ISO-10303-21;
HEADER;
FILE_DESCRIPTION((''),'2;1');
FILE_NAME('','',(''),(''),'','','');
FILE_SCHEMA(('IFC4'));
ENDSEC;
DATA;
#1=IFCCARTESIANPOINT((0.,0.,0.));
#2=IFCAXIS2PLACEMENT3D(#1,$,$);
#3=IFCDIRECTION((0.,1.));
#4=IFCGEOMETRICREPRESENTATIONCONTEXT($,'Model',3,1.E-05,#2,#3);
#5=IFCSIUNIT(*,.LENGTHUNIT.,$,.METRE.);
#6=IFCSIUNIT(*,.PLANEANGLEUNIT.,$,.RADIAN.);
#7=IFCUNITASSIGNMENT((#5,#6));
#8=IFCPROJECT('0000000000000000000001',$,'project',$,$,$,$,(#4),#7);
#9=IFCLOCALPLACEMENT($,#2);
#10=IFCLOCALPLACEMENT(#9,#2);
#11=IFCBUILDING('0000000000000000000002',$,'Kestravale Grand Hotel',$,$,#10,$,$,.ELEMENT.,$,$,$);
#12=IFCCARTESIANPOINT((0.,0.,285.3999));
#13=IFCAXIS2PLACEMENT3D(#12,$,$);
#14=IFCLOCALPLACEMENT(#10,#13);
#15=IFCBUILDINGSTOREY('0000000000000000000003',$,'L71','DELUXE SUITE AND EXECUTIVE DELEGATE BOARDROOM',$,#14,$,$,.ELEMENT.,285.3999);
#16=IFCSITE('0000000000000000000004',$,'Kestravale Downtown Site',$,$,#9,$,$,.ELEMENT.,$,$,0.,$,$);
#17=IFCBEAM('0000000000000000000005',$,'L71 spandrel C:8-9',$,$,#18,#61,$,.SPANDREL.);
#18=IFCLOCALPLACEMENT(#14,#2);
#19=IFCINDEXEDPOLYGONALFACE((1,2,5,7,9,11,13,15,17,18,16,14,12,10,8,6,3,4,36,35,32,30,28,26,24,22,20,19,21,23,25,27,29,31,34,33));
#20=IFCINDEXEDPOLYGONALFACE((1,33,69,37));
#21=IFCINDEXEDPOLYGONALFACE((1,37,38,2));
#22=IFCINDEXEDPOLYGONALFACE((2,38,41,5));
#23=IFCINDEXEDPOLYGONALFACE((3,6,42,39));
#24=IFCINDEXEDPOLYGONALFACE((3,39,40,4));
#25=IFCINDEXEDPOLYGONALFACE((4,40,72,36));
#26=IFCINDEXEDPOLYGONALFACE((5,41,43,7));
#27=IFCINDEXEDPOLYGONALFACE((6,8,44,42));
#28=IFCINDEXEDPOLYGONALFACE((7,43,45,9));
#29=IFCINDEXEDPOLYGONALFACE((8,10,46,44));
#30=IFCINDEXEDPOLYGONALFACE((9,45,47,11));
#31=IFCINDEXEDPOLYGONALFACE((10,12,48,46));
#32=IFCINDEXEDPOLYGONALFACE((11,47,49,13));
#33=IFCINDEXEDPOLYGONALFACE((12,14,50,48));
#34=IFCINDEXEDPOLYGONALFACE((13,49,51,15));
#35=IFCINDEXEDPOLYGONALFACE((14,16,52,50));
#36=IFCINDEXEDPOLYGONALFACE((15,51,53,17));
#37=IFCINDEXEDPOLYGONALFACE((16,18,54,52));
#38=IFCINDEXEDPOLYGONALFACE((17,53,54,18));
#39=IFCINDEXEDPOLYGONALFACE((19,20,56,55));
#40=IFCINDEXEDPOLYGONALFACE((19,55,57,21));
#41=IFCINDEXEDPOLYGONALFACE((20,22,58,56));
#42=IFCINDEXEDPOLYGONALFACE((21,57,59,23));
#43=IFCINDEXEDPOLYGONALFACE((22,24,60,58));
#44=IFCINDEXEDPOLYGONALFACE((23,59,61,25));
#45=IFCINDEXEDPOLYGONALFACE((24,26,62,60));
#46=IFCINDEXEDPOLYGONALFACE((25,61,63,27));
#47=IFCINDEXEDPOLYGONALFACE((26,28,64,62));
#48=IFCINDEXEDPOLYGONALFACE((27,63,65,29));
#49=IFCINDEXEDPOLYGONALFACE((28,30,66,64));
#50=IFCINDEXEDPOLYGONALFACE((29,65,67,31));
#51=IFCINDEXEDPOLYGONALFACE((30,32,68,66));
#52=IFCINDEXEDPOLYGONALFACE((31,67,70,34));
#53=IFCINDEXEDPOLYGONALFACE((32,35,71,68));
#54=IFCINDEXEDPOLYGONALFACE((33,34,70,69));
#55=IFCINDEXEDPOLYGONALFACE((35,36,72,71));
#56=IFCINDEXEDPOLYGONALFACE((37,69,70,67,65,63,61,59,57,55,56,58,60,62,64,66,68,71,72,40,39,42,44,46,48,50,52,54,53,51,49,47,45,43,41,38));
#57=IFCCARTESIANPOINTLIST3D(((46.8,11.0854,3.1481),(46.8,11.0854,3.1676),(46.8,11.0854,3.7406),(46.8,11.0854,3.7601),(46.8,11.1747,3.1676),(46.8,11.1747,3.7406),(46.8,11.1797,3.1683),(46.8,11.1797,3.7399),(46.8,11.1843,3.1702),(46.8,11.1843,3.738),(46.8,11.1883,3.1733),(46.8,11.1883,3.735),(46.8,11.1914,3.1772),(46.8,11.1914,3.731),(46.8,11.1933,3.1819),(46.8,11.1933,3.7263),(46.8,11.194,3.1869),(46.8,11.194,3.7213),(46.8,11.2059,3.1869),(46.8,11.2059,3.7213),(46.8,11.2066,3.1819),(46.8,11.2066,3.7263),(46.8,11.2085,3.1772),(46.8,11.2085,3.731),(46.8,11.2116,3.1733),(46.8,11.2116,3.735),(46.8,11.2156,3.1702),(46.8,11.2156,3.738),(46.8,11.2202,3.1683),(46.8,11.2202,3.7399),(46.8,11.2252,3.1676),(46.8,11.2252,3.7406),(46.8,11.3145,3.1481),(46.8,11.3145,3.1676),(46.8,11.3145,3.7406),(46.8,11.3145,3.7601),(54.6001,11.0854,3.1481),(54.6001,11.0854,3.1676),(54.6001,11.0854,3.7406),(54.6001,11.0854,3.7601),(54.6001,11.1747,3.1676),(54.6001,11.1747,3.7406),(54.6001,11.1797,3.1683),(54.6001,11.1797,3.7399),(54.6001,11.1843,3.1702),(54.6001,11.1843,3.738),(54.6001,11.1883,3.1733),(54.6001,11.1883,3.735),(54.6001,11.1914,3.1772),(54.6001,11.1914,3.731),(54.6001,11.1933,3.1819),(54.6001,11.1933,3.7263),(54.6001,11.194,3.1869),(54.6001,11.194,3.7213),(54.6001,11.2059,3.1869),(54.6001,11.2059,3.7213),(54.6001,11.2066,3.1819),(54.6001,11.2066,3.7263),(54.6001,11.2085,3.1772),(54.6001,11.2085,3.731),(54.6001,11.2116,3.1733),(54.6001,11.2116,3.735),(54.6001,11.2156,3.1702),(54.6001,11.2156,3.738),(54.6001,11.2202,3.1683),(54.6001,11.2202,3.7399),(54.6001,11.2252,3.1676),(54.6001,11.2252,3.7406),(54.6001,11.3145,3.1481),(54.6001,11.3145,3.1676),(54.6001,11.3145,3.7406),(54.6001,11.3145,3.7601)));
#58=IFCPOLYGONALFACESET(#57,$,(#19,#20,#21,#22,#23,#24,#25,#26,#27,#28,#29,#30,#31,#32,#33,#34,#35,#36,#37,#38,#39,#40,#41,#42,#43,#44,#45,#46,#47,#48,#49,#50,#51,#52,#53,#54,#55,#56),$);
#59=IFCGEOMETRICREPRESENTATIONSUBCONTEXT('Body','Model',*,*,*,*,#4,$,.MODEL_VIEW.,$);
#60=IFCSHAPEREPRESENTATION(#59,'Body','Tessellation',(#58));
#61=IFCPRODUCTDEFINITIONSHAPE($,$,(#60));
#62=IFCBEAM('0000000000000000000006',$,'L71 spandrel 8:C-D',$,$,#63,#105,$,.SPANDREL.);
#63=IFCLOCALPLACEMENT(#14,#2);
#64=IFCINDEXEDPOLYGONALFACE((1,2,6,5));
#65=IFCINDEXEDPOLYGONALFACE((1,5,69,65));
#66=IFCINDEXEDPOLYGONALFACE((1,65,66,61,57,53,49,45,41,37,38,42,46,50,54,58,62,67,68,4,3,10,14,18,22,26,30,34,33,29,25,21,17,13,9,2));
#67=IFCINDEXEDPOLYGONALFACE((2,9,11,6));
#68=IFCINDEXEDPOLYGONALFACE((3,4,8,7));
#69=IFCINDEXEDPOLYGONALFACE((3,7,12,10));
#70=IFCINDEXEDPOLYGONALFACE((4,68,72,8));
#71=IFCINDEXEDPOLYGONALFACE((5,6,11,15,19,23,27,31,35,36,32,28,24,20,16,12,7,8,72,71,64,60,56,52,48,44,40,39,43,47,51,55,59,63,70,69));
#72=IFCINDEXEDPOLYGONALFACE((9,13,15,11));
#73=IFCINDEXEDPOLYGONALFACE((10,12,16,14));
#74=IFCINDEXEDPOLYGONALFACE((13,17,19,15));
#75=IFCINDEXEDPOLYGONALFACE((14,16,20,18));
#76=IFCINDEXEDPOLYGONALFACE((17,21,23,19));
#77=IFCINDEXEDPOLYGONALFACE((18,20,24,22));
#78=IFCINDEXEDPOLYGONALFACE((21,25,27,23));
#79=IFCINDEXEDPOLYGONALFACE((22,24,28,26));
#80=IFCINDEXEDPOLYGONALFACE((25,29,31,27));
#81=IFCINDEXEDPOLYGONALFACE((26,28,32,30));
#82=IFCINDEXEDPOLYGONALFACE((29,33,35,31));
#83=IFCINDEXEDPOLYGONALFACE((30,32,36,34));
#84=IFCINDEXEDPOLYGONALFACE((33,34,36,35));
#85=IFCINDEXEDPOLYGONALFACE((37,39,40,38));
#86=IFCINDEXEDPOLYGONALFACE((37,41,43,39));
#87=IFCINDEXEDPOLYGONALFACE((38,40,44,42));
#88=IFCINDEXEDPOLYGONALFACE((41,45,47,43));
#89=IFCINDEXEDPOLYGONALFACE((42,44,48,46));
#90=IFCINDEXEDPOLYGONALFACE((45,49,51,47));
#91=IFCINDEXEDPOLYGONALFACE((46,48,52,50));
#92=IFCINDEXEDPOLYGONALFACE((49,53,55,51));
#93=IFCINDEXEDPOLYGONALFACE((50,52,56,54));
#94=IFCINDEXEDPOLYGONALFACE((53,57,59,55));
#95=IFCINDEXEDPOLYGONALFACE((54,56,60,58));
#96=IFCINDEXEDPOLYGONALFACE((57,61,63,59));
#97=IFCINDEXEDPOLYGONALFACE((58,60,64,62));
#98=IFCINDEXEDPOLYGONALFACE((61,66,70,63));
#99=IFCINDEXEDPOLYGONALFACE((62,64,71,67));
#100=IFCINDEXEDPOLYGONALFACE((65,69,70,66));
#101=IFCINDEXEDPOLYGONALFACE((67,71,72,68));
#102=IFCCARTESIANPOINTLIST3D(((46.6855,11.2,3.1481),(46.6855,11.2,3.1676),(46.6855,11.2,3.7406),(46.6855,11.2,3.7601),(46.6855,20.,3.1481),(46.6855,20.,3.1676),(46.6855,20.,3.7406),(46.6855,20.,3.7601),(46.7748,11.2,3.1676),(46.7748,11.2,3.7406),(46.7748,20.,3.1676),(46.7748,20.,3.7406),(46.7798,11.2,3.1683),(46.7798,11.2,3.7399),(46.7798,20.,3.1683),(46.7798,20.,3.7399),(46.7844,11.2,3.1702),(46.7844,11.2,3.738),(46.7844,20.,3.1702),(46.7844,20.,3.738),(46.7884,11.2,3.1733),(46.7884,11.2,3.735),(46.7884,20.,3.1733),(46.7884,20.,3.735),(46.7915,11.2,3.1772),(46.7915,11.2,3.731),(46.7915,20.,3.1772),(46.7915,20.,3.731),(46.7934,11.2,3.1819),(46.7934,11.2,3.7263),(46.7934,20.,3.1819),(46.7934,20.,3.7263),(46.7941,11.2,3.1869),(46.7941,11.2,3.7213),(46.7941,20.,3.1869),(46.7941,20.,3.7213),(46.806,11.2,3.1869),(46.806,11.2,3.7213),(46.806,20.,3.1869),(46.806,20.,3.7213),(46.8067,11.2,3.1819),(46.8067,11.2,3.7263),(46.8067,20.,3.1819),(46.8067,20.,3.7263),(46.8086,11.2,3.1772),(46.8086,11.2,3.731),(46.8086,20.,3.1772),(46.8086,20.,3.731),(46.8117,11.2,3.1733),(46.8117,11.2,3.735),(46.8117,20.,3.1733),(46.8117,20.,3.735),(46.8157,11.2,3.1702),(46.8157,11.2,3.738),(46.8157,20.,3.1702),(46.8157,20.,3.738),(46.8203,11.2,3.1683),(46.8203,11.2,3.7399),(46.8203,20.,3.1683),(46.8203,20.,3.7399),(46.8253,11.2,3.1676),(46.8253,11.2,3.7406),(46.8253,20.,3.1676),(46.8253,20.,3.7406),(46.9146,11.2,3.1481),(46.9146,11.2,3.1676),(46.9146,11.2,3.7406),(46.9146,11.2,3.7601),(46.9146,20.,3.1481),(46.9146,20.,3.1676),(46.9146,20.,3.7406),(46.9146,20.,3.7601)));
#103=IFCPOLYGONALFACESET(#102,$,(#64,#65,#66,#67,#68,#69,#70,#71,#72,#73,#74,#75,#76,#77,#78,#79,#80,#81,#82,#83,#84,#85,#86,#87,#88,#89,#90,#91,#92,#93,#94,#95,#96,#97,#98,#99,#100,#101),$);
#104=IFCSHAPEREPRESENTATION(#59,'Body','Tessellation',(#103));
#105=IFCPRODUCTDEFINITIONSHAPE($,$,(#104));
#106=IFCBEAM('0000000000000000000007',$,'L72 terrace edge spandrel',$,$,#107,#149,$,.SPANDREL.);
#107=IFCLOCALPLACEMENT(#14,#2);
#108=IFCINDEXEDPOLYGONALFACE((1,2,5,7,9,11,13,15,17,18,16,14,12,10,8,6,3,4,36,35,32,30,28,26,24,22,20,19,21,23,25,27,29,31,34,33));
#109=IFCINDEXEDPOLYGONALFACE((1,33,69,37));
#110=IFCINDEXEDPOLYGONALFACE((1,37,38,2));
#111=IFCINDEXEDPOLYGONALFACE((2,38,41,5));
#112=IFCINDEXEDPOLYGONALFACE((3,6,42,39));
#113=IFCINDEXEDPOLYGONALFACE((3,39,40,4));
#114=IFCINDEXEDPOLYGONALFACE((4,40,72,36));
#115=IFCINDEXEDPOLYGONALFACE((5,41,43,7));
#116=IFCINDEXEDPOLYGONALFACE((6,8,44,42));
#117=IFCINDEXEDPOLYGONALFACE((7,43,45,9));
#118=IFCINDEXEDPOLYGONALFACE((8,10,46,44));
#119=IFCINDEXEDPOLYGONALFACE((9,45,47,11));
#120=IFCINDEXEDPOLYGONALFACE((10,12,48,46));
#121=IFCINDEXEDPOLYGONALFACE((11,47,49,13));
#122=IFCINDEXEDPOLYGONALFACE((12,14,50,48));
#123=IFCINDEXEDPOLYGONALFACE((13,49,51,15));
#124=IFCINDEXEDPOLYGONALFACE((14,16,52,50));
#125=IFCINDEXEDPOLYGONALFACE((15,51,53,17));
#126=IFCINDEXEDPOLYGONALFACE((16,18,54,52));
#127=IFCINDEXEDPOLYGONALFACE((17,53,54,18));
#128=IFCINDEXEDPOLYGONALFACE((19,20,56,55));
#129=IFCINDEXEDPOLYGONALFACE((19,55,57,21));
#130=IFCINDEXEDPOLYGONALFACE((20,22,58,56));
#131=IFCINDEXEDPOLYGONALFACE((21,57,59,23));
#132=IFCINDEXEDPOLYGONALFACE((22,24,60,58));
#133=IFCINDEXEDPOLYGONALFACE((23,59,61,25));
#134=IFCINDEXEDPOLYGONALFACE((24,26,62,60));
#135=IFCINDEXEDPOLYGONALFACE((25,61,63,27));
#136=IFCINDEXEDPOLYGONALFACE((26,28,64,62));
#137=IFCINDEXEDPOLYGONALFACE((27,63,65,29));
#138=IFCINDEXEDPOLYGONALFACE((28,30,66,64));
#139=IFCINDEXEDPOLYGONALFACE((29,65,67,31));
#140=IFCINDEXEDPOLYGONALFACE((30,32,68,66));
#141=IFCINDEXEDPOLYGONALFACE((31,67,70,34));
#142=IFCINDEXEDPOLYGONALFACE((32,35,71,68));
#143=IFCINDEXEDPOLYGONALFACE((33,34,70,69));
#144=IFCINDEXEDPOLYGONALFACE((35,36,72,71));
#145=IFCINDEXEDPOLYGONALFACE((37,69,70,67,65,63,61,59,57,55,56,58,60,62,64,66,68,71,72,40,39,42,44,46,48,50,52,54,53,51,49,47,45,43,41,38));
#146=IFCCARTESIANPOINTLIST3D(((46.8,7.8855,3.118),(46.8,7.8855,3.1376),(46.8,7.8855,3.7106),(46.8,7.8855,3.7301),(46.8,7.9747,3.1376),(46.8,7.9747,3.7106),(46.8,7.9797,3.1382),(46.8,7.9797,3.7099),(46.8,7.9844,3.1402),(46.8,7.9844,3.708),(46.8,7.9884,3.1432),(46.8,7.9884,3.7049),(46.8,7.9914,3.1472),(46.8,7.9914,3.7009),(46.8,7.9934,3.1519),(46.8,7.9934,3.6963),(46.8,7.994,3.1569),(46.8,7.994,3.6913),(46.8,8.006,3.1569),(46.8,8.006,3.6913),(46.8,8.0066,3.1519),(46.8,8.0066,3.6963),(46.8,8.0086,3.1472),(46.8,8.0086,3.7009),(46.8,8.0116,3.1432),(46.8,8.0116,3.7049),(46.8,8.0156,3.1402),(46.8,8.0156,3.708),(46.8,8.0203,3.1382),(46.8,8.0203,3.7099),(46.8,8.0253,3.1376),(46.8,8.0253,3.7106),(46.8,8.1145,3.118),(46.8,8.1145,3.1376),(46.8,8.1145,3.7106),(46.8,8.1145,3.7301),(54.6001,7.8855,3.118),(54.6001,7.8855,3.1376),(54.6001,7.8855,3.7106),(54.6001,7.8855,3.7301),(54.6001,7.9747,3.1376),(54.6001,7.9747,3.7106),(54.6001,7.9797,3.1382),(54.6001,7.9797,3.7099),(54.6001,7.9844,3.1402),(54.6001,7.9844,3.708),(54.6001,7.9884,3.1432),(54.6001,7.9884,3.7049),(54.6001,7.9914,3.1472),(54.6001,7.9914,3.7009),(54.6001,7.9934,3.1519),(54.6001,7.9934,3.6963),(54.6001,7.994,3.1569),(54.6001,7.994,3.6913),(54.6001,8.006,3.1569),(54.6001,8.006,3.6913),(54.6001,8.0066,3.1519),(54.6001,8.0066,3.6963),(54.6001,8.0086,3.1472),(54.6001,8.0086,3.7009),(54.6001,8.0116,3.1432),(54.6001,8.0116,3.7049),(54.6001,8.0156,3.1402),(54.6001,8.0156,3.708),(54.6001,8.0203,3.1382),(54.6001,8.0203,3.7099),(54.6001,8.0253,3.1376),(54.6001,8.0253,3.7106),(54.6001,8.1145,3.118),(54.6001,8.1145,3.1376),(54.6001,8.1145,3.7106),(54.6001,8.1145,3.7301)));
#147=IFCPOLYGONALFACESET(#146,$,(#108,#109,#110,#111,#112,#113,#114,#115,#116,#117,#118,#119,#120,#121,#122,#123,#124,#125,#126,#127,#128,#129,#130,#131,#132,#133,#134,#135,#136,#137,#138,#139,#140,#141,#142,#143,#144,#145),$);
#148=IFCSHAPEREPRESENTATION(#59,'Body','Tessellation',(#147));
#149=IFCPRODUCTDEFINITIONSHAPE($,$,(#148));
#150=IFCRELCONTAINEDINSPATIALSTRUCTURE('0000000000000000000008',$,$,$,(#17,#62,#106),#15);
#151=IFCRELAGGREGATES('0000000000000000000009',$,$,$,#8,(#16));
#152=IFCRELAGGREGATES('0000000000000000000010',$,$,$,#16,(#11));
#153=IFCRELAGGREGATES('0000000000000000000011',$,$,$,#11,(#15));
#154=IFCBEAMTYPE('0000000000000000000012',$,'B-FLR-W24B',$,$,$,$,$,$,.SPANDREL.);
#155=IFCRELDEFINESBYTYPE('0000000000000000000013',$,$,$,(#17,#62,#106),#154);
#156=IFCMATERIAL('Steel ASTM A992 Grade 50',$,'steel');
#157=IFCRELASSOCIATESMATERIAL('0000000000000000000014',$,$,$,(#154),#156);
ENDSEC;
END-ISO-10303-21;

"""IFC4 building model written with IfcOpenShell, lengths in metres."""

from ifc_helpers import new_model, si_unit, direction, frame, origin, origin_2d, place, context, subcontext, project, spatial, i_section, extrude, material, material_profile, profile_set, type_object, element, save


model = new_model("IFC4")

# Units and contexts
model_context = context("Model", 3, precision=1e-05, world=origin(), true_north=direction((0.0, 1.0)))
body_context = subcontext(model_context, "Body", "Model", "MODEL_VIEW")
ifc_project = project(units=[si_unit("LENGTHUNIT", "METRE"), si_unit("PLANEANGLEUNIT", "RADIAN")], contexts=[model_context])

# Site, building, storey
site_placement = place(None, origin())
site = spatial("IfcSite", under=ifc_project, at=site_placement, Name="Kestravale Downtown Site", CompositionType="ELEMENT", RefElevation=0.0)
building_placement = place(site_placement, origin())
building = spatial("IfcBuilding", under=site, at=building_placement, Name="Kestravale Grand Hotel", CompositionType="ELEMENT")
storey_placement = place(building_placement, frame((0.0, 0.0, 285.3999)))
storey = spatial("IfcBuildingStorey", under=building, at=storey_placement, Name="L71", Description="DELUXE SUITE AND EXECUTIVE DELEGATE BOARDROOM", CompositionType="ELEMENT", Elevation=285.3999)

# Beams
ifc_material_1 = material(Name="Steel ASTM A992 Grade 50", Category="steel")
ifc_material_profile_1 = material_profile(ifc_material_1, i_section(OverallWidth=0.229, OverallDepth=0.6121, WebThickness=0.012, FlangeThickness=0.0195, FilletRadius=0.0193, at=origin_2d()))
ifc_profile_set_1 = profile_set([ifc_material_profile_1], Name="Steel ASTM A992 Grade 50")
beam_type_1 = type_object("IfcBeamType", Name="B-FLR-W24B", PredefinedType="SPANDREL", material=ifc_profile_set_1)
beam_1_placement = place(storey_placement, frame((46.8, 11.2, 3.4541), z_axis=(1.0, 0.0, 0.0), x_axis=(0.0, 1.0, 0.0)))
element("IfcBeam", 1, at=beam_1_placement, inside=storey, type_object=beam_type_1, Name="L71 spandrel C:8-9", PredefinedType="SPANDREL", context=body_context, shape_type="SweptSolid", body=[
    extrude(i_section(OverallWidth=0.229, OverallDepth=0.6121, WebThickness=0.012, FlangeThickness=0.0195, FilletRadius=0.0193, at=origin_2d()), origin(), (0.0, 0.0, 1.0), 7.8),
])
beam_2_placement = place(storey_placement, frame((46.8, 11.2, 3.4541), z_axis=(0.0, 1.0, 0.0), x_axis=(-1.0, 0.0, 0.0)))
element("IfcBeam", 2, at=beam_2_placement, inside=storey, type_object=beam_type_1, Name="L71 spandrel 8:C-D", PredefinedType="SPANDREL", context=body_context, shape_type="SweptSolid", body=[
    extrude(i_section(OverallWidth=0.229, OverallDepth=0.6121, WebThickness=0.012, FlangeThickness=0.0195, FilletRadius=0.0193, at=origin_2d()), origin(), (0.0, 0.0, 1.0), 8.8),
])
beam_3_placement = place(storey_placement, frame((46.8, 8.0, 3.4241), z_axis=(1.0, 0.0, 0.0), x_axis=(0.0, 1.0, 0.0)))
element("IfcBeam", 3, at=beam_3_placement, inside=storey, type_object=beam_type_1, Name="L72 terrace edge spandrel", PredefinedType="SPANDREL", context=body_context, shape_type="SweptSolid", body=[
    extrude(i_section(OverallWidth=0.229, OverallDepth=0.6121, WebThickness=0.012, FlangeThickness=0.0195, FilletRadius=0.0193, at=origin_2d()), origin(), (0.0, 0.0, 1.0), 7.8),
])

save(model, "model.ifc")
